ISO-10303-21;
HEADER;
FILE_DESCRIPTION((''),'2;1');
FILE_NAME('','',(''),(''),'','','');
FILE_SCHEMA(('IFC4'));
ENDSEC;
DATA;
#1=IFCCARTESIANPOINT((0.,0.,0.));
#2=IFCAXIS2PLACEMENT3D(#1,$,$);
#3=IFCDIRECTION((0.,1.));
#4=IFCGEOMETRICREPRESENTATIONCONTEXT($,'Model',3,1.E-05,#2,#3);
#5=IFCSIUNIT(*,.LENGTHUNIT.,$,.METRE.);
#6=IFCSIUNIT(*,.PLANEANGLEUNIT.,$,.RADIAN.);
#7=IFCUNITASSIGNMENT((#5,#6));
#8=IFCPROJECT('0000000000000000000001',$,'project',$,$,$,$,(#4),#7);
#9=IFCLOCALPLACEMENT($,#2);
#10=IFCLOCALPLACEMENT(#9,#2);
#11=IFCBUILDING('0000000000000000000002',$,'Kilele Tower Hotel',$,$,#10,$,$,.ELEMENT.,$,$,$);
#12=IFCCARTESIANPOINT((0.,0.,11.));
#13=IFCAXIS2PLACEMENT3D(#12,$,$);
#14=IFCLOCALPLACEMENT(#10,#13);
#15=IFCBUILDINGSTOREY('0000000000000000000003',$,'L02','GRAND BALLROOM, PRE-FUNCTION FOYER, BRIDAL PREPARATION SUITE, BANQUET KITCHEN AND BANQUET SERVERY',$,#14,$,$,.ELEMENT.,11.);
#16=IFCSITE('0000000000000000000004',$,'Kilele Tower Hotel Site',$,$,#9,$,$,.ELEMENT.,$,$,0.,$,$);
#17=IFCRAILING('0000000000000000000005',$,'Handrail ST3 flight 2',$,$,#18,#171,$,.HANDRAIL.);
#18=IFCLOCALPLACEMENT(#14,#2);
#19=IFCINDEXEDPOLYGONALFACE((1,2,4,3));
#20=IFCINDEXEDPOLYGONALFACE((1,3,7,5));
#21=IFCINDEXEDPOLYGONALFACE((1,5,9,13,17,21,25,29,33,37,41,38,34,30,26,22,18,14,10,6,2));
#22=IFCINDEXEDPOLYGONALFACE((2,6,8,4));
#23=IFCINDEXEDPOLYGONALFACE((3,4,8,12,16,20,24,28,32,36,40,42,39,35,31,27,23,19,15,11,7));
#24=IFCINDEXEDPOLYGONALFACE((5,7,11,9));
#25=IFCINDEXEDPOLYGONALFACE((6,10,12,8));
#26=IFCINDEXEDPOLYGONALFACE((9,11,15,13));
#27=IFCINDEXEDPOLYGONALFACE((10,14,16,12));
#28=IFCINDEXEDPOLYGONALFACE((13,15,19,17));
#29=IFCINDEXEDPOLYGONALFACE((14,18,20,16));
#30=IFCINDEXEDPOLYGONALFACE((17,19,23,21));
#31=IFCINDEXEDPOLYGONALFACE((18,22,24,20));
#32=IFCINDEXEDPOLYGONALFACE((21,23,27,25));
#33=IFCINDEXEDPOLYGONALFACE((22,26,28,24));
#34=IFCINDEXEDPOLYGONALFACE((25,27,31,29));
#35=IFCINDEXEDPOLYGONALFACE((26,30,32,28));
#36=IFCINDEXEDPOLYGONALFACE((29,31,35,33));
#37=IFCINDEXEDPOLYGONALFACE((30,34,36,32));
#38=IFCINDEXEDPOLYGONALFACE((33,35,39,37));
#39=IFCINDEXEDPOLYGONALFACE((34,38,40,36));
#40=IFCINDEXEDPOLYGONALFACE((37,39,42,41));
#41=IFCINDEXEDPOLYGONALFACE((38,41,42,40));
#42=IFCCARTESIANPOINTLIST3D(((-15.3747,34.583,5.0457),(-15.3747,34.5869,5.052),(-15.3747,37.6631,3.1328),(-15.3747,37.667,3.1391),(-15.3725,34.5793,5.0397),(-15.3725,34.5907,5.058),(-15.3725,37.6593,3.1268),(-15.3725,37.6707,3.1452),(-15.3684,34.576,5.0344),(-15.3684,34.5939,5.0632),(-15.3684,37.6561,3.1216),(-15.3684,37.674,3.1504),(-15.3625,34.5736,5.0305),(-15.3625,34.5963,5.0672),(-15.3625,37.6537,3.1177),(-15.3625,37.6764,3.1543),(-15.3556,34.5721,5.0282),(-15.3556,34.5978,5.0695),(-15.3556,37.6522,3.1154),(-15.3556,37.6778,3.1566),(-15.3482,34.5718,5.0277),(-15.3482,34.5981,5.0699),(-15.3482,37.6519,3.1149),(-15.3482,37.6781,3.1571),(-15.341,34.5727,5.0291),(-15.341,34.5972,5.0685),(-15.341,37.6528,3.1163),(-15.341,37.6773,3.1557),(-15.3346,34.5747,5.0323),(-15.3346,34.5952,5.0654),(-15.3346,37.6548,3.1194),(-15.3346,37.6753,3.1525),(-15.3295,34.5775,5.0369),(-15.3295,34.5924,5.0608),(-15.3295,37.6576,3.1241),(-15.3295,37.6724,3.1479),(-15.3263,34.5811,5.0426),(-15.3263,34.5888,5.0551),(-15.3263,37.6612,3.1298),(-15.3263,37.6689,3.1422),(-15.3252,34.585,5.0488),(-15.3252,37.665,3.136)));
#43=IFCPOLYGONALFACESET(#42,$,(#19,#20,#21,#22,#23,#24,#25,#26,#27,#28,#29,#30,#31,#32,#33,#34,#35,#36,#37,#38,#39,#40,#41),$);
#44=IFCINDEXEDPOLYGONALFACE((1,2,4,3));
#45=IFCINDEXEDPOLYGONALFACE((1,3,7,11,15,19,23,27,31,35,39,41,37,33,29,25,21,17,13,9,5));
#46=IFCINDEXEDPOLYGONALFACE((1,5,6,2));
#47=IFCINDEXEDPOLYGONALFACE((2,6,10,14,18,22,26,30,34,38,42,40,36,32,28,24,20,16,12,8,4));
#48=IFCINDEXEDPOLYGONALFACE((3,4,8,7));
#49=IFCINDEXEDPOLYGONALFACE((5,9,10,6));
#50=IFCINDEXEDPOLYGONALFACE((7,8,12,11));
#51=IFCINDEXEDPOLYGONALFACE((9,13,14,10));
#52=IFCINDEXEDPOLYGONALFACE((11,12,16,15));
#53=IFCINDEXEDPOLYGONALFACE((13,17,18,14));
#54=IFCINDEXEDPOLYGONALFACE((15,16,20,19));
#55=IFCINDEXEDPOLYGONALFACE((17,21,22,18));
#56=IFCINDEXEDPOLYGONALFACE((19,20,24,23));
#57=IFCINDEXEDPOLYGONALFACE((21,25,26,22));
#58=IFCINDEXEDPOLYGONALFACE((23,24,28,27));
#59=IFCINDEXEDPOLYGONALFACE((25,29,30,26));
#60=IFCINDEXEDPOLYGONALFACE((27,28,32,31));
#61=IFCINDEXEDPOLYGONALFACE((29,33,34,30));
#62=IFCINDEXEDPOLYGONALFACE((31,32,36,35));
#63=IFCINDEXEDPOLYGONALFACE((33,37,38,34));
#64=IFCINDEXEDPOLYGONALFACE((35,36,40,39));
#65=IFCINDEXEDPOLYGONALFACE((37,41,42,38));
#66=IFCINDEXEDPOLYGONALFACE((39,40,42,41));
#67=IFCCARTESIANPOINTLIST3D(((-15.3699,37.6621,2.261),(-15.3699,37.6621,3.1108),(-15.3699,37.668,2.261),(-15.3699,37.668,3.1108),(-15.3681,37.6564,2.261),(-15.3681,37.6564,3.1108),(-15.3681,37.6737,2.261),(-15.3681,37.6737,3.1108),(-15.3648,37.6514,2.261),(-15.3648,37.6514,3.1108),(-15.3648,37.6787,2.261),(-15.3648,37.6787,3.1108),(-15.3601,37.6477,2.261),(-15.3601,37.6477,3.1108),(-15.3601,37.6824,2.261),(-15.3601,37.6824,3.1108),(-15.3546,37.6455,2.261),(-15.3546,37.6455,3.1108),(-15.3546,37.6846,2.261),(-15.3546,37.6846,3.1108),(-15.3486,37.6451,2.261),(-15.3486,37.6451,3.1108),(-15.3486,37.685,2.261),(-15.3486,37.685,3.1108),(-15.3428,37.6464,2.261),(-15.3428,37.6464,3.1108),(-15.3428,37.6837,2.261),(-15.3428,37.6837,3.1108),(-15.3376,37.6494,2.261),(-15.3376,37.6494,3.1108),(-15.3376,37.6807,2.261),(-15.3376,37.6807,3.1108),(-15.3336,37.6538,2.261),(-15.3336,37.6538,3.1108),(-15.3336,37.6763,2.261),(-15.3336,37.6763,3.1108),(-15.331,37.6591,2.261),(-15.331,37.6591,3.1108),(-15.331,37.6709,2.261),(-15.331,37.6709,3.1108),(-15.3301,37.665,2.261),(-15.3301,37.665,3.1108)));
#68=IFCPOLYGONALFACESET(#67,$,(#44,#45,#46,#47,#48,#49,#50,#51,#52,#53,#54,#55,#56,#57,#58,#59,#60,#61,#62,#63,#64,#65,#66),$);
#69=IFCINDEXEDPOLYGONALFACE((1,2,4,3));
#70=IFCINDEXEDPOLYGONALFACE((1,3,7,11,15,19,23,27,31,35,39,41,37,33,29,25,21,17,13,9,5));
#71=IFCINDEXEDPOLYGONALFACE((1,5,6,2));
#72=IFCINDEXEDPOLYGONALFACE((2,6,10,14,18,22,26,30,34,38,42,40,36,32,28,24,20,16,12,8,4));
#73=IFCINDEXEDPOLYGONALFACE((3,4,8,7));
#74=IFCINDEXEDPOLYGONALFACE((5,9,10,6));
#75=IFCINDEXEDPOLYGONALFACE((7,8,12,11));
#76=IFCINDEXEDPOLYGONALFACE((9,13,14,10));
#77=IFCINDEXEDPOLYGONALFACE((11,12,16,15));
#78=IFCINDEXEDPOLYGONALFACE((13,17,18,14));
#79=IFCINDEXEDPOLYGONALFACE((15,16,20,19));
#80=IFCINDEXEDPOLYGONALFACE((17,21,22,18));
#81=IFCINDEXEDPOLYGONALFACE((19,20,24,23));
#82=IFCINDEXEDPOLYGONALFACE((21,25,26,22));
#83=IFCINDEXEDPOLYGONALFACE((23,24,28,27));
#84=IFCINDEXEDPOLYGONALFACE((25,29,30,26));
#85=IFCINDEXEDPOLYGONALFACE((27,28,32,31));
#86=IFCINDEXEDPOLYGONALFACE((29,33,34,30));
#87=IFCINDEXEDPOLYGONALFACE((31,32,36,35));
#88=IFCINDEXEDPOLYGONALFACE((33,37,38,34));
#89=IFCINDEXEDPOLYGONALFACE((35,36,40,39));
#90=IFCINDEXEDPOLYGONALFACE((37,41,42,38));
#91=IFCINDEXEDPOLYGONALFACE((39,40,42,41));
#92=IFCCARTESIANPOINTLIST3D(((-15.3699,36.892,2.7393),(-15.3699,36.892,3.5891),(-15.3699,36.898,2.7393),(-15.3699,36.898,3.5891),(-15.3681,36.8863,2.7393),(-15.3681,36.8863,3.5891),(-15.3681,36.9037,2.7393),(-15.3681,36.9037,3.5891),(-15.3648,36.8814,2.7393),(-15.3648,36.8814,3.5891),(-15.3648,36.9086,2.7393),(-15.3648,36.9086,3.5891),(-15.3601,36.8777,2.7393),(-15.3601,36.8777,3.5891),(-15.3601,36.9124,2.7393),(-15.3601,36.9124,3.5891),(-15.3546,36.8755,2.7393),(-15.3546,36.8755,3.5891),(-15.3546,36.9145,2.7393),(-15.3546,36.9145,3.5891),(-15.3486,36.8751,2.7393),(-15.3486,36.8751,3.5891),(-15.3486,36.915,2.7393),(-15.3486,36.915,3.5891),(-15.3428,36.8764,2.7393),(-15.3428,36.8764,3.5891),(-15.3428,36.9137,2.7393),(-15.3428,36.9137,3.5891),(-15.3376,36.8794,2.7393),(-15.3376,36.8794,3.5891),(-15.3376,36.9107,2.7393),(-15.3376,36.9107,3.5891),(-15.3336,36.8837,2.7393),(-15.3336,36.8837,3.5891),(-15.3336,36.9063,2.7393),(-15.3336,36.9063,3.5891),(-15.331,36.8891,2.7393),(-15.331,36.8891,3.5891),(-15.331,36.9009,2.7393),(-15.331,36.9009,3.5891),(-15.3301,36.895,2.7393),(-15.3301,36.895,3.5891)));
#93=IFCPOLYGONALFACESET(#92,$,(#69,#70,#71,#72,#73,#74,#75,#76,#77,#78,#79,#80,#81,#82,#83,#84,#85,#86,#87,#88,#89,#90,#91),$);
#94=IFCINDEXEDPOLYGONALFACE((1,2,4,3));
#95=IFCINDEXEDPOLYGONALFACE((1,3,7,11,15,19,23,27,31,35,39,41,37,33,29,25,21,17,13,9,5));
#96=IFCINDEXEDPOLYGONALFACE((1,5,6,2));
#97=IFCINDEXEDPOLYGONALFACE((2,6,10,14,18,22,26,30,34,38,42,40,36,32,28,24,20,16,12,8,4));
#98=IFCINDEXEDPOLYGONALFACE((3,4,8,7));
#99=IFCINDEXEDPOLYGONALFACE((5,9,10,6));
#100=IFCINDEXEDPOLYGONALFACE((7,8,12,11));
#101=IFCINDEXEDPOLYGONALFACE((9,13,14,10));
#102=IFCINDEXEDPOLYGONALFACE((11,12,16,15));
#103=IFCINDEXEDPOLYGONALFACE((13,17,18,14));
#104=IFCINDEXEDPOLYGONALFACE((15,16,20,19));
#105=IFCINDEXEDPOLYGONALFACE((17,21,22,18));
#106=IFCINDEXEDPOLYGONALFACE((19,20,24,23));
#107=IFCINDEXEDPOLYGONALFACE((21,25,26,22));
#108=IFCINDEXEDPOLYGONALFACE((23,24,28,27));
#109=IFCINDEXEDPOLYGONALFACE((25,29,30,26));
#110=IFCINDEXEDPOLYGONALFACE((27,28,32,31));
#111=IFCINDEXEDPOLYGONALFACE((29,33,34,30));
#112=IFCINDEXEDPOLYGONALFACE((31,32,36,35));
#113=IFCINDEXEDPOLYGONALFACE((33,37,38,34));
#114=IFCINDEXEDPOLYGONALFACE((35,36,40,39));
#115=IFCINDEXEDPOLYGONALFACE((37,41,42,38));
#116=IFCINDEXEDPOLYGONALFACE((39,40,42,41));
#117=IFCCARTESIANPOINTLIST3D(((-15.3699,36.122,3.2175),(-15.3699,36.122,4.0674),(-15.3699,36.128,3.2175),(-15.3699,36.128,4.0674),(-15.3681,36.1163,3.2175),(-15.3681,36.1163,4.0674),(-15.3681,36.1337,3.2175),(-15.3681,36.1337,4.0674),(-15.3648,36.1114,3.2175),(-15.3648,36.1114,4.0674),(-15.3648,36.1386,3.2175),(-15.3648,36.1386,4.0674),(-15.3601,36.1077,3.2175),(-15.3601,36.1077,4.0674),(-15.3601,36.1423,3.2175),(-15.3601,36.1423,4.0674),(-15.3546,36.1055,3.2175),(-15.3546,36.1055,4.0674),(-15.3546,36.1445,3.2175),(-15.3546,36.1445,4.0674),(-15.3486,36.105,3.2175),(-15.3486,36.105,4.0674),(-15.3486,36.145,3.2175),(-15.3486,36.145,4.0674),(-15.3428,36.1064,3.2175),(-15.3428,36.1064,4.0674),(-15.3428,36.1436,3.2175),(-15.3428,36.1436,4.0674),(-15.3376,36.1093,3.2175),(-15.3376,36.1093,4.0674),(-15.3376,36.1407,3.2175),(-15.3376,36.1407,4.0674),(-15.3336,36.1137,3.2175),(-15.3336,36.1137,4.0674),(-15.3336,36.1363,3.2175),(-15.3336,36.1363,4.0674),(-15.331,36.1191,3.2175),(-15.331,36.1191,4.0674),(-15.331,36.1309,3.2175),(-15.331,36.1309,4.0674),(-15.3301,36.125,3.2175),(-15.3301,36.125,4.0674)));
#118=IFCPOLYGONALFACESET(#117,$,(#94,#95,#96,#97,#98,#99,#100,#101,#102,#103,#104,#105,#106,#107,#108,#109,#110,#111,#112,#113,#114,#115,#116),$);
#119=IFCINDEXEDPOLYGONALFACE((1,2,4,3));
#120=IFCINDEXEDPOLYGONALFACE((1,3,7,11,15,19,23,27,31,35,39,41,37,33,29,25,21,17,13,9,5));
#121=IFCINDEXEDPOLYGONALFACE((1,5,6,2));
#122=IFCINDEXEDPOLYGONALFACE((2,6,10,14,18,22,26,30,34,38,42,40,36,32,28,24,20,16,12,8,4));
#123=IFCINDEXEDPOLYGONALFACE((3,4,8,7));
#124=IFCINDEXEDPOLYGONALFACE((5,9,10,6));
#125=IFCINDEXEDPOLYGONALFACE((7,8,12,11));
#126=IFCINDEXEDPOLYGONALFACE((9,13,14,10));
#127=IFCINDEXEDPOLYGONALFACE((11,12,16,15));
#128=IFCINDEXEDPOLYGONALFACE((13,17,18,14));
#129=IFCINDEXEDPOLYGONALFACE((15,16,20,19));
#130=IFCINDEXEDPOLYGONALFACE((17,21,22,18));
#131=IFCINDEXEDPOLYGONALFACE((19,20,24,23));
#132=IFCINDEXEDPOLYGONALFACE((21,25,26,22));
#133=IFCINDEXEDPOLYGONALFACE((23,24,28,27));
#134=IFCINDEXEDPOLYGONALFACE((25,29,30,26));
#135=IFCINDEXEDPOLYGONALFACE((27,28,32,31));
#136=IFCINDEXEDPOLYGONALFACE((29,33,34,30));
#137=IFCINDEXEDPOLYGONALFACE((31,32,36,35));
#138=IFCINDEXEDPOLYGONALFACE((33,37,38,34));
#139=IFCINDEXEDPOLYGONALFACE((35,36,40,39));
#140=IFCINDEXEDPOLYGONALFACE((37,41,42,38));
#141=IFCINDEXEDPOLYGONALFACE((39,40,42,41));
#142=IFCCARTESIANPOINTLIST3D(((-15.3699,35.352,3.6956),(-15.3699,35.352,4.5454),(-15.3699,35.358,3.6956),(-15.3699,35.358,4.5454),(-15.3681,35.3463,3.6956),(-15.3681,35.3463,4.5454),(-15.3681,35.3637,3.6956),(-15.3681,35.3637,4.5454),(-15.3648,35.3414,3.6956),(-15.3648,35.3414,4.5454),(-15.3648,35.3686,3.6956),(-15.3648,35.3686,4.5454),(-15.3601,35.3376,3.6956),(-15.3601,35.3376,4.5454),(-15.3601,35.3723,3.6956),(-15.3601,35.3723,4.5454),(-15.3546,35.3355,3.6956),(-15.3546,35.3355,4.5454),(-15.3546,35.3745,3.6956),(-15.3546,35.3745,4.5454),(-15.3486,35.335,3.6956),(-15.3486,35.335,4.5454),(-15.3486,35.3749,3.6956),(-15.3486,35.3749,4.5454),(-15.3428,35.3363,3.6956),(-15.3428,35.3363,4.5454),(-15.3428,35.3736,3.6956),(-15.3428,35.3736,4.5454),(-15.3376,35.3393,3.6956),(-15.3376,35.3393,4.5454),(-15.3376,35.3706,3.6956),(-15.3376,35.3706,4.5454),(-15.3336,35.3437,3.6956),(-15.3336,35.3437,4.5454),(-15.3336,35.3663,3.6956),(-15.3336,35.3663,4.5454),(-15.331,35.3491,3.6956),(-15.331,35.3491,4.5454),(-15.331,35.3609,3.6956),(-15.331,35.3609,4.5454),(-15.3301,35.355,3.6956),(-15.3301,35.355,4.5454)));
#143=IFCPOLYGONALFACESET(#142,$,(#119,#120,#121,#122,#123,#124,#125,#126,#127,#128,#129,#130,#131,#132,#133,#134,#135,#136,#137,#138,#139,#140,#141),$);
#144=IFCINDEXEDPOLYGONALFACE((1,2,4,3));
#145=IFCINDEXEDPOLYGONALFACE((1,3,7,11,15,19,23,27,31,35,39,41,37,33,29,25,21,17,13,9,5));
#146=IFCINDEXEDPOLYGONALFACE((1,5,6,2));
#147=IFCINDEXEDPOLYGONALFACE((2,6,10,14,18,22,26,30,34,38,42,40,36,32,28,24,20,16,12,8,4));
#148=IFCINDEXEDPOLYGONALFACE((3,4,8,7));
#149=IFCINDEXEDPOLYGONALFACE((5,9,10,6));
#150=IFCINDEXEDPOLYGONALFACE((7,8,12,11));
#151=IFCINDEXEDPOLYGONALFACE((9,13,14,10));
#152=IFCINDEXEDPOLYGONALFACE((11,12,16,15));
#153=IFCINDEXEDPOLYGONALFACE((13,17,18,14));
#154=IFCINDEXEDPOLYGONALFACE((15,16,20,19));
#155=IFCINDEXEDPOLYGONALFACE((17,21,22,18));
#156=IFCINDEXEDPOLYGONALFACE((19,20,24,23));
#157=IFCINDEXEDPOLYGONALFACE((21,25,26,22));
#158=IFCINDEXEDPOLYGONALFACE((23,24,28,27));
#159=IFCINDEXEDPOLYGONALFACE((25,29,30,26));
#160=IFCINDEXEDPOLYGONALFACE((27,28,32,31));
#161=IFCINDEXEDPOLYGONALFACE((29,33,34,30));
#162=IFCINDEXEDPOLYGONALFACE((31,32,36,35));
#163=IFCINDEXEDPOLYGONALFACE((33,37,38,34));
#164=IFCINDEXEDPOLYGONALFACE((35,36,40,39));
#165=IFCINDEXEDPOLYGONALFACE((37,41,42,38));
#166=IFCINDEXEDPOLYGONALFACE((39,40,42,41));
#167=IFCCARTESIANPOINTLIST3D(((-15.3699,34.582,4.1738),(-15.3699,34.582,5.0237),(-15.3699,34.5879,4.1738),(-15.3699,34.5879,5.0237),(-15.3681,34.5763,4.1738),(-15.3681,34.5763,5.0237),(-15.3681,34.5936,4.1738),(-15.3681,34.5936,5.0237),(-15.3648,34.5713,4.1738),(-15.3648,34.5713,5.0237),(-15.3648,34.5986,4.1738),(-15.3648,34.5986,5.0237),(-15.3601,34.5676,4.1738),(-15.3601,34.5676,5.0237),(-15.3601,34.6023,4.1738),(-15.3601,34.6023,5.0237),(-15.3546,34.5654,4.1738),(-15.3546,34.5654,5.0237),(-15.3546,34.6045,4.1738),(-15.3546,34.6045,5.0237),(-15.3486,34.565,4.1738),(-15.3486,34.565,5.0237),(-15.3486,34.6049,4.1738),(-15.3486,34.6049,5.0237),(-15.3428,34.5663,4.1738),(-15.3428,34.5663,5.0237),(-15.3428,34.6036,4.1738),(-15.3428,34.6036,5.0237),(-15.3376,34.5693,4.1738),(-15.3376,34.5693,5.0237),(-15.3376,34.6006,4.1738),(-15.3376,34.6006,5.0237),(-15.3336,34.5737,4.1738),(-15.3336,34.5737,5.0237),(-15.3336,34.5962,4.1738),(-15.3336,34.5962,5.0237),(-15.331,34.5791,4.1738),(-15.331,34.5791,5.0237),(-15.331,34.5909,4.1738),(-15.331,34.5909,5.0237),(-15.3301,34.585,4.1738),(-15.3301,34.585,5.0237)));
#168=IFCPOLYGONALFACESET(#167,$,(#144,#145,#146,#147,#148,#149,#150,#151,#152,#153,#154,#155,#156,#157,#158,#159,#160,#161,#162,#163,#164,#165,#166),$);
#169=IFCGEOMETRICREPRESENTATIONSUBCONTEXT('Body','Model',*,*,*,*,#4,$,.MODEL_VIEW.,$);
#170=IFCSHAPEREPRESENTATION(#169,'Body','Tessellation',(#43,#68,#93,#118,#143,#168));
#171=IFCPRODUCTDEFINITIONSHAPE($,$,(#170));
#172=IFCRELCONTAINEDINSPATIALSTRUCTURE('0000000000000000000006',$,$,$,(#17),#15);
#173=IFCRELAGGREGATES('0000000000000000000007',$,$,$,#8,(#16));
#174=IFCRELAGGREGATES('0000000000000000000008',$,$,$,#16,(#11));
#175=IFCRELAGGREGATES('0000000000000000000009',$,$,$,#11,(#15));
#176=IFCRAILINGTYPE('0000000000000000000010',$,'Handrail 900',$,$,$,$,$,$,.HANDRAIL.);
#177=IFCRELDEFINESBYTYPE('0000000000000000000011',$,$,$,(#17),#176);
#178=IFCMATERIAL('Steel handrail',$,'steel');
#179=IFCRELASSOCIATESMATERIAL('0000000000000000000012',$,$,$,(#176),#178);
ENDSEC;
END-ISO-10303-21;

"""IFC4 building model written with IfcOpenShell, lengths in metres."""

from ifc_helpers import new_model, si_unit, direction, frame, origin, origin_2d, place, context, subcontext, project, spatial, circle, extrude, material, type_object, element, save


model = new_model("IFC4")

# Units and contexts
model_context = context("Model", 3, precision=1e-05, world=origin(), true_north=direction((0.0, 1.0)))
body_context = subcontext(model_context, "Body", "Model", "MODEL_VIEW")
ifc_project = project(units=[si_unit("LENGTHUNIT", "METRE"), si_unit("PLANEANGLEUNIT", "RADIAN")], contexts=[model_context])

# Site, building, storey
site_placement = place(None, origin())
site = spatial("IfcSite", under=ifc_project, at=site_placement, Name="Kilele Tower Hotel Site", CompositionType="ELEMENT", RefElevation=0.0)
building_placement = place(site_placement, origin())
building = spatial("IfcBuilding", under=site, at=building_placement, Name="Kilele Tower Hotel", CompositionType="ELEMENT")
storey_placement = place(building_placement, frame((0.0, 0.0, 11.0)))
storey = spatial("IfcBuildingStorey", under=building, at=storey_placement, Name="L02", Description="GRAND BALLROOM, PRE-FUNCTION FOYER, BRIDAL PREPARATION SUITE, BANQUET KITCHEN AND BANQUET SERVERY", CompositionType="ELEMENT", Elevation=11.0)

# Railing
ifc_material_1 = material(Name="Steel handrail", Category="steel")
railing_type_1 = type_object("IfcRailingType", Name="Handrail 900", PredefinedType="HANDRAIL", material=ifc_material_1)
railing_1_placement = place(storey_placement, frame((-15.3501, 37.665, 2.261)))
element("IfcRailing", 1, at=railing_1_placement, inside=storey, type_object=railing_type_1, Name="Handrail ST3 flight 2", PredefinedType="HANDRAIL", context=body_context, shape_type="SweptSolid", body=[
    extrude(circle(Radius=0.0249, at=origin_2d()), frame((0.0, 0.0, 0.875), z_axis=(0.0, -0.849508, 0.527576), x_axis=(1.0, 0.0, 0.0)), (0.0, 0.0, 1.0), 3.6257),
    extrude(circle(Radius=0.02, at=origin_2d()), origin(), (0.0, 0.0, 1.0), 0.8499),
    extrude(circle(Radius=0.02, at=origin_2d()), frame((0.0, -0.77, 0.4783)), (0.0, 0.0, 1.0), 0.8499),
    extrude(circle(Radius=0.02, at=origin_2d()), frame((0.0, -1.54, 0.9565)), (0.0, 0.0, 1.0), 0.8499),
    extrude(circle(Radius=0.02, at=origin_2d()), frame((0.0, -2.3101, 1.4346)), (0.0, 0.0, 1.0), 0.8499),
    extrude(circle(Radius=0.02, at=origin_2d()), frame((0.0, -3.0801, 1.9128)), (0.0, 0.0, 1.0), 0.8499),
])

save(model, "model.ifc")
